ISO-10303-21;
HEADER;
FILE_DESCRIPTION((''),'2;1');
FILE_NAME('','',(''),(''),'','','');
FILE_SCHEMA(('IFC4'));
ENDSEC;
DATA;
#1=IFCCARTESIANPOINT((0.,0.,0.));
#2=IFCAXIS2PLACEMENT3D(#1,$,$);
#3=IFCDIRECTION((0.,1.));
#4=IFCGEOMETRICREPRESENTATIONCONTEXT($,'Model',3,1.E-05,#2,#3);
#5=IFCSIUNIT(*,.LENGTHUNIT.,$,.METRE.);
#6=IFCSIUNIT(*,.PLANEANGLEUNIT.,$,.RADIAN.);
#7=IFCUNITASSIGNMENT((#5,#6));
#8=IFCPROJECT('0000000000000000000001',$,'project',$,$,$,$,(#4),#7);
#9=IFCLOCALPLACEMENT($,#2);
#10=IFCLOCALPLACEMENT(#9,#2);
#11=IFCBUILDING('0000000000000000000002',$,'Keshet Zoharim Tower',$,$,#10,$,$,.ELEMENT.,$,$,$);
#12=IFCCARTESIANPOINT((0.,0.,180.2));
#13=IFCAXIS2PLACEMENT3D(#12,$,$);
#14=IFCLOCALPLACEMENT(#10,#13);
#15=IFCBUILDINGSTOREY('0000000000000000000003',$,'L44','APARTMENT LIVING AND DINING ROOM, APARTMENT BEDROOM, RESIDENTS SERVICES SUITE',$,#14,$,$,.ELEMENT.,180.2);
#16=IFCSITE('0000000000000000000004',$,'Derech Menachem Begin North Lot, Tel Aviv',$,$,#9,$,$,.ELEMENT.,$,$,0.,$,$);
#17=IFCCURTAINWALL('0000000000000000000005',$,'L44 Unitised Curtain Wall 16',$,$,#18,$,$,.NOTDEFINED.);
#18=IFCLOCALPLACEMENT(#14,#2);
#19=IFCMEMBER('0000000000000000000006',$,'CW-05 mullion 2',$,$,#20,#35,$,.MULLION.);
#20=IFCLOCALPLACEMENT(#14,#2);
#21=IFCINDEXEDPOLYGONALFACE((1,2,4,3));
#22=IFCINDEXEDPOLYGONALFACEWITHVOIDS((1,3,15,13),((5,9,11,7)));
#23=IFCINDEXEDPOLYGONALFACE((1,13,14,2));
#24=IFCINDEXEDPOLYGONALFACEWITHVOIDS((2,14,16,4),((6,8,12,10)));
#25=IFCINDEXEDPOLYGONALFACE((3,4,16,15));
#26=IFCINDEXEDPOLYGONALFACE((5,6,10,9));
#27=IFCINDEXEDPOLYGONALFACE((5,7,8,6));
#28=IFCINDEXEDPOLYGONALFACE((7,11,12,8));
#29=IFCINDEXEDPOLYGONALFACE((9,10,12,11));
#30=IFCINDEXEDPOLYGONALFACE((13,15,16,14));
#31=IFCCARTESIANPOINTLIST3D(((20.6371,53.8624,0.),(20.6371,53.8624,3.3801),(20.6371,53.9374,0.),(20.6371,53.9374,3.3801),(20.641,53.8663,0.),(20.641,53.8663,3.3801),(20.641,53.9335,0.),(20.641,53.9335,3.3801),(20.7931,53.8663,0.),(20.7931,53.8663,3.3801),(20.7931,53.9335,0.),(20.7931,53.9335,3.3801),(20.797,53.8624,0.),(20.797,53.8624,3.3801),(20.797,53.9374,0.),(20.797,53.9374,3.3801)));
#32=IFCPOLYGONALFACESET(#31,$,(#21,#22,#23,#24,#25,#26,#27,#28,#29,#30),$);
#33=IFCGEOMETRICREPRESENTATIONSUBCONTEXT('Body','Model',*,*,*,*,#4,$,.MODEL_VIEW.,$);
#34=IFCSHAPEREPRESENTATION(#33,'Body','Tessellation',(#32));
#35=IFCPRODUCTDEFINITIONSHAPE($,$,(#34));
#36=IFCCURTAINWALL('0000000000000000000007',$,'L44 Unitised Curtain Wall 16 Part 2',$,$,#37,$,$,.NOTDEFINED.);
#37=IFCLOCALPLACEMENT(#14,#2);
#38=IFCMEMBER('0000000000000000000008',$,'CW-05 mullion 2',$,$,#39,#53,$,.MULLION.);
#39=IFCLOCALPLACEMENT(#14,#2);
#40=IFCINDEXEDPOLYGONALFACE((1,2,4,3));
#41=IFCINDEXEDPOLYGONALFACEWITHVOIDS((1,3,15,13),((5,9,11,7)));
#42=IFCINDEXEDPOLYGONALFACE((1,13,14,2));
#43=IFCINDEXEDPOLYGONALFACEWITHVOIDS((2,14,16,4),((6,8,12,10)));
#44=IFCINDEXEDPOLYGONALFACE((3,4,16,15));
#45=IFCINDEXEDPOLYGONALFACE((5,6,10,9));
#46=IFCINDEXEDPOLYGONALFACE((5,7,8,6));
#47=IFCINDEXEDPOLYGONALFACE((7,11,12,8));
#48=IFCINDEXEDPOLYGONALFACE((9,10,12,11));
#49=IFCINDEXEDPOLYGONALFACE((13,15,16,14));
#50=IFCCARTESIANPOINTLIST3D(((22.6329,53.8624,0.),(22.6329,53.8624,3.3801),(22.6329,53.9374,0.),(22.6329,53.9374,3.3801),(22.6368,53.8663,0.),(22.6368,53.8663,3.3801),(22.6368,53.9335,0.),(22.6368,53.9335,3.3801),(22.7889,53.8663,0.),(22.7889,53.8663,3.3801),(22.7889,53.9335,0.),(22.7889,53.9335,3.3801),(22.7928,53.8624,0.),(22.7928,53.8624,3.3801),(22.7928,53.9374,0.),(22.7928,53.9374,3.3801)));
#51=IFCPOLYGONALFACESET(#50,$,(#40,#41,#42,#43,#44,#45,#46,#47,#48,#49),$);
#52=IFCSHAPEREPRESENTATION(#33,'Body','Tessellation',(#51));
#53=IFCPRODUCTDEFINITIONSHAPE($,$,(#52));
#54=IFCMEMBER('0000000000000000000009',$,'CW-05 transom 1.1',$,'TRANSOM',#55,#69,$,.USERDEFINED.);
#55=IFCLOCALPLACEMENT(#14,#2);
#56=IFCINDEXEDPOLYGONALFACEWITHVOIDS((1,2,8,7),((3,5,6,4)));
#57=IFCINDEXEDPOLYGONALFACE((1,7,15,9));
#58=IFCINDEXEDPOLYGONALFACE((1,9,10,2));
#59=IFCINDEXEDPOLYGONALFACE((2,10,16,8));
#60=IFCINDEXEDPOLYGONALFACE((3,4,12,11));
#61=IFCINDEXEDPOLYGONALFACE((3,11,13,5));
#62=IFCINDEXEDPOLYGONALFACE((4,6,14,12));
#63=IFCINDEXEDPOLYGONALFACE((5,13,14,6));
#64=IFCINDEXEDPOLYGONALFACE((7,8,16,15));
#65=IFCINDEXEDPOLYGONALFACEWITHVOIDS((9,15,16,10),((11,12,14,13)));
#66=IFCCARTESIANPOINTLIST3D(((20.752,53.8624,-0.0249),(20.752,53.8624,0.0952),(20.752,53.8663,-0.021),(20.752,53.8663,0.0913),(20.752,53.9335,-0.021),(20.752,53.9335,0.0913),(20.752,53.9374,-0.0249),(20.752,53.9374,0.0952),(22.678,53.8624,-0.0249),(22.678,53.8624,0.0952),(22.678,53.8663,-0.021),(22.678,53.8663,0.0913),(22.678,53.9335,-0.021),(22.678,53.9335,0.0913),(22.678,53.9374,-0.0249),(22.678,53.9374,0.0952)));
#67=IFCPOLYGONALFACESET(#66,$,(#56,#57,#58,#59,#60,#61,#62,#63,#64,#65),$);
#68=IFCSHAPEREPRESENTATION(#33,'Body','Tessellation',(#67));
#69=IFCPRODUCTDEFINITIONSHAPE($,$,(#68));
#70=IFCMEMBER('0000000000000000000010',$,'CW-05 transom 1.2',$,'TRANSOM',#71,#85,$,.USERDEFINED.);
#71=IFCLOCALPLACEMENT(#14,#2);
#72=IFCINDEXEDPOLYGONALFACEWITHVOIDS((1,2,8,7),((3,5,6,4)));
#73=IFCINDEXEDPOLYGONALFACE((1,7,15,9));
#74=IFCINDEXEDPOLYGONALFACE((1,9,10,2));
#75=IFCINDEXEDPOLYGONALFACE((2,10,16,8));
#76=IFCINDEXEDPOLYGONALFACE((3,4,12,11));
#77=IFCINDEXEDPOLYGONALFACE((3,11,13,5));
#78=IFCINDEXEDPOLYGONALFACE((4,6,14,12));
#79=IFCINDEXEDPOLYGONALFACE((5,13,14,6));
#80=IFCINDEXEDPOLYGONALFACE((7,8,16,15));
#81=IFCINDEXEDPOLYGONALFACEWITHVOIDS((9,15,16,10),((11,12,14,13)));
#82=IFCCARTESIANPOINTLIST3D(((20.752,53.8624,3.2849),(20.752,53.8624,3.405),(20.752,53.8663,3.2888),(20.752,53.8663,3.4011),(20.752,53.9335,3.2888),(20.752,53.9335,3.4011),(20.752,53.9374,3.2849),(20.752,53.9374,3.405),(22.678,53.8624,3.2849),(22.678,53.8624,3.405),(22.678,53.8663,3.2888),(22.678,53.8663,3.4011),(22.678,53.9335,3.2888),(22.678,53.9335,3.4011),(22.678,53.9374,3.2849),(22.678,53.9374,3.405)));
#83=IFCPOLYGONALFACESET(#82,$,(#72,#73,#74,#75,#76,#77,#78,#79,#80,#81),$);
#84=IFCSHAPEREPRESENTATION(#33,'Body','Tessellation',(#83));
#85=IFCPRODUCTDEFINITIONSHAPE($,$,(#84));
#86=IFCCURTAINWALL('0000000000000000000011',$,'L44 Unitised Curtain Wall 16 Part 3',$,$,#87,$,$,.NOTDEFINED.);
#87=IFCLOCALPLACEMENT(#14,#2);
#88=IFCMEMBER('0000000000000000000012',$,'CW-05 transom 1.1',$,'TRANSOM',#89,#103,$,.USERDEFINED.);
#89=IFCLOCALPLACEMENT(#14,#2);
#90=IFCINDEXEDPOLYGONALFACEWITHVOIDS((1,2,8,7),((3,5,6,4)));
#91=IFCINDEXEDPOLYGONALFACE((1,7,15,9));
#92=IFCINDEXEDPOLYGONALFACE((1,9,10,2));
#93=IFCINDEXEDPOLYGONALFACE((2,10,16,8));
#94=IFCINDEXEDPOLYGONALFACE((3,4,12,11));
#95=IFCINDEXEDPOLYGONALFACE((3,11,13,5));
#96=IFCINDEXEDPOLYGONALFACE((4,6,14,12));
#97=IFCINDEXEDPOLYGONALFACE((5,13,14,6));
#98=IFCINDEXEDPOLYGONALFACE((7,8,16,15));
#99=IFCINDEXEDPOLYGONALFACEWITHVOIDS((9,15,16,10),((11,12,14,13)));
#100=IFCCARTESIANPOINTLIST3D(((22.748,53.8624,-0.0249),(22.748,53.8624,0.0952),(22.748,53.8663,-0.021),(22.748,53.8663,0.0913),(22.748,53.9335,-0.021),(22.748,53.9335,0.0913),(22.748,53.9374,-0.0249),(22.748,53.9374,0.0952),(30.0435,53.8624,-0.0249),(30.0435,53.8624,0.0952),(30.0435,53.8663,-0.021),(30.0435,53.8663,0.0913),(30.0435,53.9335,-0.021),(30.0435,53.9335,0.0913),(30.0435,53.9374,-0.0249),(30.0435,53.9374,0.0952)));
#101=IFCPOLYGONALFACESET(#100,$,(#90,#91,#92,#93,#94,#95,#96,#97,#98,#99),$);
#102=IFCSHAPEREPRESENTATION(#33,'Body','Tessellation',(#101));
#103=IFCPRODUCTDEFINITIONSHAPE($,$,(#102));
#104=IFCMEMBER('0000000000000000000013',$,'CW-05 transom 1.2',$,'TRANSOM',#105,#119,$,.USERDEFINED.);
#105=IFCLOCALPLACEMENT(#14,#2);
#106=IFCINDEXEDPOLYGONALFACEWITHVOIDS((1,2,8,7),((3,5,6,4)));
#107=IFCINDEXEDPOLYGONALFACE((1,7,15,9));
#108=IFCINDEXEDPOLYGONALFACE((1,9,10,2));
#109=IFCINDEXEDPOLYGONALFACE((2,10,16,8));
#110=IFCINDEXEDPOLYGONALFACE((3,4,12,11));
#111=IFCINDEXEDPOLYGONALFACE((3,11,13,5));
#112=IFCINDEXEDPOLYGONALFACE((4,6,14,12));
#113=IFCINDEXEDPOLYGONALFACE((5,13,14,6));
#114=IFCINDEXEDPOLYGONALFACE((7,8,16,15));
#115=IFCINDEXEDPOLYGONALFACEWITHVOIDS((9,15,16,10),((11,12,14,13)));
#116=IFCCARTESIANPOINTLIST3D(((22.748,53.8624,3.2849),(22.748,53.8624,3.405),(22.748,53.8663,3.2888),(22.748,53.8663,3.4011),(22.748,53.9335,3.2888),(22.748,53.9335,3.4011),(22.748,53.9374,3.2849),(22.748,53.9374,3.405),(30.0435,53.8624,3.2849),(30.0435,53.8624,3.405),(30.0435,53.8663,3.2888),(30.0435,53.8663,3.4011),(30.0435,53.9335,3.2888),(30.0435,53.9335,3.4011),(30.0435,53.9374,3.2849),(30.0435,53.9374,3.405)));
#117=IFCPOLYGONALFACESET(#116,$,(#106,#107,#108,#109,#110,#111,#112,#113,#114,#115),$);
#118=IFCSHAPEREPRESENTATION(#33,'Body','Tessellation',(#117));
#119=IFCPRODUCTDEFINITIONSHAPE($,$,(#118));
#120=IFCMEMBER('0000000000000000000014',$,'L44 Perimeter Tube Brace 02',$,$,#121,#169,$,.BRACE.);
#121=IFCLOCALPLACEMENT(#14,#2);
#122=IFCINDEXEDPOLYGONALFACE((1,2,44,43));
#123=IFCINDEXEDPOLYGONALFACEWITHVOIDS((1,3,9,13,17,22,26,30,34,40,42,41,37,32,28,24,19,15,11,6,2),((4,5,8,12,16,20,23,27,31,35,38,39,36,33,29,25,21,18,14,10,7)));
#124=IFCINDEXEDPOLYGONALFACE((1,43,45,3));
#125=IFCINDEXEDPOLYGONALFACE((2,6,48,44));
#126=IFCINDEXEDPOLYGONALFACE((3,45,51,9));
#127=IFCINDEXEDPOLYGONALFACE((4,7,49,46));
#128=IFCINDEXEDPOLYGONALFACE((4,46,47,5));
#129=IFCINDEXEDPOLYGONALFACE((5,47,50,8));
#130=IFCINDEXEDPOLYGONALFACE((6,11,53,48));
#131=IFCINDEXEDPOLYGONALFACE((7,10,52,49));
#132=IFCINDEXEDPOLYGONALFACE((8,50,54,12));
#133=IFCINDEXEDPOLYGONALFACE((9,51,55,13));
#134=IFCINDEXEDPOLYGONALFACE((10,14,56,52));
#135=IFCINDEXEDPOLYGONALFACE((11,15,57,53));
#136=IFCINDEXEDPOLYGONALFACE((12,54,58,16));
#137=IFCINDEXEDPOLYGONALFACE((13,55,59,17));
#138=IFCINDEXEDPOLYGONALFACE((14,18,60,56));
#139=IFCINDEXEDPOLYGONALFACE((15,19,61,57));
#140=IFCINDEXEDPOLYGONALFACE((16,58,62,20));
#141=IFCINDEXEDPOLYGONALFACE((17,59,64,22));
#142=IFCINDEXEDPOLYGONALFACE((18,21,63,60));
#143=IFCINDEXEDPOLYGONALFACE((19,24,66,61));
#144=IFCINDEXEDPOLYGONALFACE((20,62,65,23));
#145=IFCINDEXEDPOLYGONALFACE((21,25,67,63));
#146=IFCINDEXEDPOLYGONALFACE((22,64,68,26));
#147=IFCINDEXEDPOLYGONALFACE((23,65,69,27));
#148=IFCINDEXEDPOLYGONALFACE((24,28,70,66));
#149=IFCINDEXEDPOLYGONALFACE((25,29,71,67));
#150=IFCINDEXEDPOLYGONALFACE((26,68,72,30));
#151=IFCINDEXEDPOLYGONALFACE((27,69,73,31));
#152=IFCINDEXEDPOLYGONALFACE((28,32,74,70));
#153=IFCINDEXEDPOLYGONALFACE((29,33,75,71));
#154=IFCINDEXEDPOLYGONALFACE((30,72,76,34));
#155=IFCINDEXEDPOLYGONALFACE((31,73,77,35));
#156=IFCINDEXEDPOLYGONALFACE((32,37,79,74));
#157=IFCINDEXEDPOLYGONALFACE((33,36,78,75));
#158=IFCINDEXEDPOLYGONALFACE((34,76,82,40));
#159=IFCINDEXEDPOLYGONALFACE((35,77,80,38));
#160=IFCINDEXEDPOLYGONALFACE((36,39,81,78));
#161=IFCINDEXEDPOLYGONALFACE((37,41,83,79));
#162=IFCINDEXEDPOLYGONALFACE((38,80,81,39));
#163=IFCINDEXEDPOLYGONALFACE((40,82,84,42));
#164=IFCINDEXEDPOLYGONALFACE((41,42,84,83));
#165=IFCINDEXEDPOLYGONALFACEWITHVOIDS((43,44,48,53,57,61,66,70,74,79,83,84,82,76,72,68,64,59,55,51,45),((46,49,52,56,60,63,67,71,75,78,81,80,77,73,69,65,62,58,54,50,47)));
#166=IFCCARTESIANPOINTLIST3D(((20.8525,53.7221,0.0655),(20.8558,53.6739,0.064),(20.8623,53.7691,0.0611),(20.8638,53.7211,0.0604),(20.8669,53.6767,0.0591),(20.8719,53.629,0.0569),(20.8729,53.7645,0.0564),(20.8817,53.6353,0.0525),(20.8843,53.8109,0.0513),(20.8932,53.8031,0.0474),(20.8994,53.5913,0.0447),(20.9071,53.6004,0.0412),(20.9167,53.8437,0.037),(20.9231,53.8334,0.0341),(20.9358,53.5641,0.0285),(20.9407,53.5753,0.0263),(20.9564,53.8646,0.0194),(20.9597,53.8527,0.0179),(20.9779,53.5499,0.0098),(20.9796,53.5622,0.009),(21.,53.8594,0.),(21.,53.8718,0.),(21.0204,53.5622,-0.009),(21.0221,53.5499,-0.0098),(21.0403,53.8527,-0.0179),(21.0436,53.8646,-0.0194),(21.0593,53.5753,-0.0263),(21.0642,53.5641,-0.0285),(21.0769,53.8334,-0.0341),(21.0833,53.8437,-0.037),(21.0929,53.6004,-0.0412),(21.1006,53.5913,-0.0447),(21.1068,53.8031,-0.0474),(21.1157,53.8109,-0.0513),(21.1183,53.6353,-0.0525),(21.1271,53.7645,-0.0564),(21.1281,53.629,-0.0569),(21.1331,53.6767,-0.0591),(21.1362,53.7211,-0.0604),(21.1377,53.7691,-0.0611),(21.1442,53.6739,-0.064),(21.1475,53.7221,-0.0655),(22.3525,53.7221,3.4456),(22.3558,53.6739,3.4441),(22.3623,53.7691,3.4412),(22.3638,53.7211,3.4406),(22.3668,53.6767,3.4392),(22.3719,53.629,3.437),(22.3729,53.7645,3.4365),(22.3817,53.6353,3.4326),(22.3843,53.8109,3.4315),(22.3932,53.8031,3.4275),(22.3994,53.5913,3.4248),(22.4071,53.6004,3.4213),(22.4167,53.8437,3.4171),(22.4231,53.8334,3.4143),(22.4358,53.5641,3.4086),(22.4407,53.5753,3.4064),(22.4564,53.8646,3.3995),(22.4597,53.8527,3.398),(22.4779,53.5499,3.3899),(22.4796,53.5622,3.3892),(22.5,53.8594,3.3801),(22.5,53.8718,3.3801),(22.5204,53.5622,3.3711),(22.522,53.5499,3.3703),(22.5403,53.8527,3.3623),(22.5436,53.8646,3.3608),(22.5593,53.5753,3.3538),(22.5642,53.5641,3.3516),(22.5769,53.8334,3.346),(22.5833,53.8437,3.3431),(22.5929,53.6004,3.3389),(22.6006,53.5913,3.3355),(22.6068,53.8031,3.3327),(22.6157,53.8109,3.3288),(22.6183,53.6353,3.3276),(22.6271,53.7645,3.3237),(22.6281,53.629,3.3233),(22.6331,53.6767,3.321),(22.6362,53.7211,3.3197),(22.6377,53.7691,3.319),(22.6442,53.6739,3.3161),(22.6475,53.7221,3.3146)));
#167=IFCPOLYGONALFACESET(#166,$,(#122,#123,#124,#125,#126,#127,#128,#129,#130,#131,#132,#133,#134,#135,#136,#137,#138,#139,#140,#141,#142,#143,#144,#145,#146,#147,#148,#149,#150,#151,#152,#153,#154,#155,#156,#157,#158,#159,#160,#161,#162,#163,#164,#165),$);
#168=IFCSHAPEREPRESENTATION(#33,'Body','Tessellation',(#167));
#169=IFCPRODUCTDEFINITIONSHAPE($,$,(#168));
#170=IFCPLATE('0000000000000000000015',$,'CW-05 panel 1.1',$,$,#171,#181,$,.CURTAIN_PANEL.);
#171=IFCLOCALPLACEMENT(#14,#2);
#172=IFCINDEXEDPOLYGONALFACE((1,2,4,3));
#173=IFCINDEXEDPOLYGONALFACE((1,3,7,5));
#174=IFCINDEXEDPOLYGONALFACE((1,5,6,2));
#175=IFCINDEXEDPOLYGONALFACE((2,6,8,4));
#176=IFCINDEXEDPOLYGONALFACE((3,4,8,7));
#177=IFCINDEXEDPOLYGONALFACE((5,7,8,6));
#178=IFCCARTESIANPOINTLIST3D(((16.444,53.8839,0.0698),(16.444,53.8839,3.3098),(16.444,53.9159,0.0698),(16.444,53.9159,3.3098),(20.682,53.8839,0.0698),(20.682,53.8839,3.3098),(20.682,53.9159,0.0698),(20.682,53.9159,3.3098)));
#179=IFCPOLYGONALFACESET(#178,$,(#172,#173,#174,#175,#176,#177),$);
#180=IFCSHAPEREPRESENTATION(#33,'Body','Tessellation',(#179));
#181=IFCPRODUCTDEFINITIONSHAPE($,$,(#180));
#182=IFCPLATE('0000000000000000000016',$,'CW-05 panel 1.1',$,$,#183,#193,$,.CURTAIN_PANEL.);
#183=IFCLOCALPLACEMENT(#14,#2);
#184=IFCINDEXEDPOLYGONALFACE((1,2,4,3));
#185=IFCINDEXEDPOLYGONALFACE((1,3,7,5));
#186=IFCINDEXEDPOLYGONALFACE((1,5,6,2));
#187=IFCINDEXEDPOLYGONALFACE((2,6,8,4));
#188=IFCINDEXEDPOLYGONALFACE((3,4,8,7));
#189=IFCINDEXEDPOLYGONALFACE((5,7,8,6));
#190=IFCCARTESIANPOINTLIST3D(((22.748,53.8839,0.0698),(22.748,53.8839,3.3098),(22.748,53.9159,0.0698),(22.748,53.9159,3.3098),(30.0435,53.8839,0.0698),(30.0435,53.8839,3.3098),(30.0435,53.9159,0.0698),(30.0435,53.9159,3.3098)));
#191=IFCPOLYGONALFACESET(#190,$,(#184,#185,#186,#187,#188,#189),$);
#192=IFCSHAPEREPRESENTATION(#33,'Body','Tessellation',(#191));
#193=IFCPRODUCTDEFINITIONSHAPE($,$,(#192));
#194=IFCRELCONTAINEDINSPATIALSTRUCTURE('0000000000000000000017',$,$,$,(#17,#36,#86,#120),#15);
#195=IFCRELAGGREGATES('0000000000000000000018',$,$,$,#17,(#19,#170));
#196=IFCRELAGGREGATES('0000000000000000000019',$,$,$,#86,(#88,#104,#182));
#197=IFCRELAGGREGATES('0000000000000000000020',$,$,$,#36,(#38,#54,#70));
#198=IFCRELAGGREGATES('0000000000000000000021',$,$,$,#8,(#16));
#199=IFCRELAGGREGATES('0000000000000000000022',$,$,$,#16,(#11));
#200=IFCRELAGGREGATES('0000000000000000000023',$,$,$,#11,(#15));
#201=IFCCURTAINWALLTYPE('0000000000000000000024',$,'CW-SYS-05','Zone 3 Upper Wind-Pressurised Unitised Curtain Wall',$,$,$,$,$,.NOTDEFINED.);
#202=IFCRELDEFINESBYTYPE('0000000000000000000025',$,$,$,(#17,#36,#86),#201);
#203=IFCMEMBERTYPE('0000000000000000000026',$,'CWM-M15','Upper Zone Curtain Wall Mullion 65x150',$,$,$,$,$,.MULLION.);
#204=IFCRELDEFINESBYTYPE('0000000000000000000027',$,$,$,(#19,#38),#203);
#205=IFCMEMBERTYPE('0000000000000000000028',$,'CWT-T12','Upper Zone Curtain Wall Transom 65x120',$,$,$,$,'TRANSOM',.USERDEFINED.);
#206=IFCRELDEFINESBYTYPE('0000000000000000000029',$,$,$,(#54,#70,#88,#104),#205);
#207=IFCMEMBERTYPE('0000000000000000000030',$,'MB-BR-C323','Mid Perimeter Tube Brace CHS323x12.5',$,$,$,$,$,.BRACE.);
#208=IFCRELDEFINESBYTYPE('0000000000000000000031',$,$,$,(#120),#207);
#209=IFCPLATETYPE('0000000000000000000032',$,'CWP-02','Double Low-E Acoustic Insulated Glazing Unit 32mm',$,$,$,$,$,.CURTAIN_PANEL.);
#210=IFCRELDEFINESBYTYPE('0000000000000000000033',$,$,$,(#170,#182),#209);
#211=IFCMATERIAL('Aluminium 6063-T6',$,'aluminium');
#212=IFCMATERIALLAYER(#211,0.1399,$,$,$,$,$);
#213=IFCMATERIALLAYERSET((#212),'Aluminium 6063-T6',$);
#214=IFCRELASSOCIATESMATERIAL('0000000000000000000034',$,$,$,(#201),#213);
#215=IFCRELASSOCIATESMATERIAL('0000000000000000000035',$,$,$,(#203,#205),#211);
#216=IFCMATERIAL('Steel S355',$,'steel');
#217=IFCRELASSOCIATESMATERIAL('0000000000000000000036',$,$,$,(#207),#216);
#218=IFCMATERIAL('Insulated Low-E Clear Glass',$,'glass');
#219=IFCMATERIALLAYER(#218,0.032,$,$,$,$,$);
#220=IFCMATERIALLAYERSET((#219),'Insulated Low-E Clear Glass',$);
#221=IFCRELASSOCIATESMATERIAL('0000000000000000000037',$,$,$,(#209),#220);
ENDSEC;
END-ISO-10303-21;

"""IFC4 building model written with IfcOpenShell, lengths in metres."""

from ifc_helpers import new_model, si_unit, direction, frame, origin, origin_2d, place, context, subcontext, project, spatial, rectangle, hollow_rectangle, hollow_circle, extrude, material, layer, layer_set, material_profile, profile_set, type_object, element, aggregate, save


model = new_model("IFC4")

# Units and contexts
model_context = context("Model", 3, precision=1e-05, world=origin(), true_north=direction((0.0, 1.0)))
body_context = subcontext(model_context, "Body", "Model", "MODEL_VIEW")
ifc_project = project(units=[si_unit("LENGTHUNIT", "METRE"), si_unit("PLANEANGLEUNIT", "RADIAN")], contexts=[model_context])

# Site, building, storey
site_placement = place(None, origin())
site = spatial("IfcSite", under=ifc_project, at=site_placement, Name="Derech Menachem Begin North Lot, Tel Aviv", CompositionType="ELEMENT", RefElevation=0.0)
building_placement = place(site_placement, origin())
building = spatial("IfcBuilding", under=site, at=building_placement, Name="Keshet Zoharim Tower", CompositionType="ELEMENT")
storey_placement = place(building_placement, frame((0.0, 0.0, 180.2)))
storey = spatial("IfcBuildingStorey", under=building, at=storey_placement, Name="L44", Description="APARTMENT LIVING AND DINING ROOM, APARTMENT BEDROOM, RESIDENTS SERVICES SUITE", CompositionType="ELEMENT", Elevation=180.2)

# Shared definitions
ifc_material_1 = material(Name="Steel S355", Category="steel")

# Curtain wall, member
ifc_material_2 = material(Name="Aluminium 6063-T6", Category="aluminium")
ifc_layer_1 = layer(ifc_material_2, 0.1399)
ifc_layer_set_1 = layer_set([ifc_layer_1], Name="Aluminium 6063-T6")
curtain_wall_type = type_object("IfcCurtainWallType", Name="CW-SYS-05", Description="Zone 3 Upper Wind-Pressurised Unitised Curtain Wall", PredefinedType="NOTDEFINED", material=ifc_layer_set_1)
curtain_wall_1_placement = place(storey_placement, origin())
curtain_wall_1 = element("IfcCurtainWall", 1, at=curtain_wall_1_placement, inside=storey, type_object=curtain_wall_type, Name="L44 Unitised Curtain Wall 16", PredefinedType="NOTDEFINED")
ifc_material_profile_1 = material_profile(ifc_material_2, hollow_rectangle(XDim=0.075, YDim=0.1599, WallThickness=0.0039, at=origin_2d()), Name="MUL-75x160")
ifc_profile_set_1 = profile_set([ifc_material_profile_1], Name="Aluminium 6063-T6")
member_type_1 = type_object("IfcMemberType", Name="CWM-M15", Description="Upper Zone Curtain Wall Mullion 65x150", PredefinedType="MULLION", material=ifc_profile_set_1)
member_1_placement = place(storey_placement, frame((20.717, 53.8999, 0.0), z_axis=(0.0, 0.0, 1.0), x_axis=(0.0, 1.0, 0.0)))
member_1 = element("IfcMember", 2, at=member_1_placement, type_object=member_type_1, Name="CW-05 mullion 2", PredefinedType="MULLION", context=body_context, shape_type="SweptSolid", body=[
    extrude(hollow_rectangle(XDim=0.075, YDim=0.1599, WallThickness=0.0039, at=origin_2d()), origin(), (0.0, 0.0, 1.0), 3.3801),
])

# Curtain walls, members
curtain_wall_2_placement = place(storey_placement, origin())
curtain_wall_2 = element("IfcCurtainWall", 3, at=curtain_wall_2_placement, inside=storey, type_object=curtain_wall_type, Name="L44 Unitised Curtain Wall 16 Part 2", PredefinedType="NOTDEFINED")
member_2_placement = place(storey_placement, frame((22.7129, 53.8999, 0.0), z_axis=(0.0, 0.0, 1.0), x_axis=(0.0, 1.0, 0.0)))
member_2 = element("IfcMember", 4, at=member_2_placement, type_object=member_type_1, Name="CW-05 mullion 2", PredefinedType="MULLION", context=body_context, shape_type="SweptSolid", body=[
    extrude(hollow_rectangle(XDim=0.075, YDim=0.1599, WallThickness=0.0039, at=origin_2d()), origin(), (0.0, 0.0, 1.0), 3.3801),
])
ifc_material_profile_2 = material_profile(ifc_material_2, hollow_rectangle(XDim=0.075, YDim=0.1201, WallThickness=0.0039, at=origin_2d()), Name="TRN-75x120")
ifc_profile_set_2 = profile_set([ifc_material_profile_2], Name="Aluminium 6063-T6")
member_type_2 = type_object("IfcMemberType", Name="CWT-T12", Description="Upper Zone Curtain Wall Transom 65x120", ElementType="TRANSOM", PredefinedType="USERDEFINED", material=ifc_profile_set_2)
member_3_placement = place(storey_placement, frame((20.752, 53.8999, 0.0352), z_axis=(1.0, 0.0, 0.0), x_axis=(0.0, 1.0, 0.0)))
member_3 = element("IfcMember", 5, at=member_3_placement, type_object=member_type_2, Name="CW-05 transom 1.1", ObjectType="TRANSOM", PredefinedType="USERDEFINED", context=body_context, shape_type="SweptSolid", body=[
    extrude(hollow_rectangle(XDim=0.075, YDim=0.1201, WallThickness=0.0039, at=origin_2d()), origin(), (0.0, 0.0, 1.0), 1.926),
])
member_4_placement = place(storey_placement, frame((20.752, 53.8999, 3.345), z_axis=(1.0, 0.0, 0.0), x_axis=(0.0, 1.0, 0.0)))
member_4 = element("IfcMember", 6, at=member_4_placement, type_object=member_type_2, Name="CW-05 transom 1.2", ObjectType="TRANSOM", PredefinedType="USERDEFINED", context=body_context, shape_type="SweptSolid", body=[
    extrude(hollow_rectangle(XDim=0.075, YDim=0.1201, WallThickness=0.0039, at=origin_2d()), origin(), (0.0, 0.0, 1.0), 1.926),
])
curtain_wall_3_placement = place(storey_placement, origin())
curtain_wall_3 = element("IfcCurtainWall", 7, at=curtain_wall_3_placement, inside=storey, type_object=curtain_wall_type, Name="L44 Unitised Curtain Wall 16 Part 3", PredefinedType="NOTDEFINED")
member_5_placement = place(storey_placement, frame((22.748, 53.8999, 0.0352), z_axis=(1.0, 0.0, 0.0), x_axis=(0.0, 1.0, 0.0)))
member_5 = element("IfcMember", 8, at=member_5_placement, type_object=member_type_2, Name="CW-05 transom 1.1", ObjectType="TRANSOM", PredefinedType="USERDEFINED", context=body_context, shape_type="SweptSolid", body=[
    extrude(hollow_rectangle(XDim=0.075, YDim=0.1201, WallThickness=0.0039, at=origin_2d()), origin(), (0.0, 0.0, 1.0), 7.2954),
])
member_6_placement = place(storey_placement, frame((22.748, 53.8999, 3.345), z_axis=(1.0, 0.0, 0.0), x_axis=(0.0, 1.0, 0.0)))
member_6 = element("IfcMember", 9, at=member_6_placement, type_object=member_type_2, Name="CW-05 transom 1.2", ObjectType="TRANSOM", PredefinedType="USERDEFINED", context=body_context, shape_type="SweptSolid", body=[
    extrude(hollow_rectangle(XDim=0.075, YDim=0.1201, WallThickness=0.0039, at=origin_2d()), origin(), (0.0, 0.0, 1.0), 7.2954),
])

# Member
ifc_material_profile_3 = material_profile(ifc_material_1, hollow_circle(Radius=0.1619, WallThickness=0.0125, at=origin_2d()), Name="CHS323x12.5")
ifc_profile_set_3 = profile_set([ifc_material_profile_3], Name="Steel S355")
member_type_3 = type_object("IfcMemberType", Name="MB-BR-C323", Description="Mid Perimeter Tube Brace CHS323x12.5", PredefinedType="BRACE", material=ifc_profile_set_3)
member_7_placement = place(storey_placement, frame((21.0, 53.71, 0.0), z_axis=(0.405624, 0.0, 0.91404), x_axis=(0.0, 1.0, 0.0)))
element("IfcMember", 10, at=member_7_placement, inside=storey, type_object=member_type_3, Name="L44 Perimeter Tube Brace 02", PredefinedType="BRACE", context=body_context, shape_type="SweptSolid", body=[
    extrude(hollow_circle(Radius=0.1619, WallThickness=0.0125, at=origin_2d()), origin(), (0.0, 0.0, 1.0), 3.698),
])

# Plates
ifc_material_3 = material(Name="Insulated Low-E Clear Glass", Category="glass")
ifc_layer_2 = layer(ifc_material_3, 0.032)
ifc_layer_set_2 = layer_set([ifc_layer_2], Name="Insulated Low-E Clear Glass")
plate_type_1 = type_object("IfcPlateType", Name="CWP-02", Description="Double Low-E Acoustic Insulated Glazing Unit 32mm", PredefinedType="CURTAIN_PANEL", material=ifc_layer_set_2)
plate_1_placement = place(storey_placement, frame((18.563, 53.8999, 0.0698), z_axis=(0.0, 0.0, 1.0), x_axis=(1.0, 0.0, 0.0)))
plate_1 = element("IfcPlate", 11, at=plate_1_placement, type_object=plate_type_1, Name="CW-05 panel 1.1", PredefinedType="CURTAIN_PANEL", context=body_context, shape_type="SweptSolid", body=[
    extrude(rectangle(XDim=4.238, YDim=0.032, at=origin_2d()), origin(), (0.0, 0.0, 1.0), 3.24),
])
aggregate(curtain_wall_1, [member_1, plate_1])
plate_2_placement = place(storey_placement, frame((26.3958, 53.8999, 0.0698), z_axis=(0.0, 0.0, 1.0), x_axis=(1.0, 0.0, 0.0)))
plate_2 = element("IfcPlate", 12, at=plate_2_placement, type_object=plate_type_1, Name="CW-05 panel 1.1", PredefinedType="CURTAIN_PANEL", context=body_context, shape_type="SweptSolid", body=[
    extrude(rectangle(XDim=7.2954, YDim=0.032, at=origin_2d()), origin(), (0.0, 0.0, 1.0), 3.24),
])
aggregate(curtain_wall_3, [member_5, member_6, plate_2])
aggregate(curtain_wall_2, [member_2, member_3, member_4])

save(model, "model.ifc")
